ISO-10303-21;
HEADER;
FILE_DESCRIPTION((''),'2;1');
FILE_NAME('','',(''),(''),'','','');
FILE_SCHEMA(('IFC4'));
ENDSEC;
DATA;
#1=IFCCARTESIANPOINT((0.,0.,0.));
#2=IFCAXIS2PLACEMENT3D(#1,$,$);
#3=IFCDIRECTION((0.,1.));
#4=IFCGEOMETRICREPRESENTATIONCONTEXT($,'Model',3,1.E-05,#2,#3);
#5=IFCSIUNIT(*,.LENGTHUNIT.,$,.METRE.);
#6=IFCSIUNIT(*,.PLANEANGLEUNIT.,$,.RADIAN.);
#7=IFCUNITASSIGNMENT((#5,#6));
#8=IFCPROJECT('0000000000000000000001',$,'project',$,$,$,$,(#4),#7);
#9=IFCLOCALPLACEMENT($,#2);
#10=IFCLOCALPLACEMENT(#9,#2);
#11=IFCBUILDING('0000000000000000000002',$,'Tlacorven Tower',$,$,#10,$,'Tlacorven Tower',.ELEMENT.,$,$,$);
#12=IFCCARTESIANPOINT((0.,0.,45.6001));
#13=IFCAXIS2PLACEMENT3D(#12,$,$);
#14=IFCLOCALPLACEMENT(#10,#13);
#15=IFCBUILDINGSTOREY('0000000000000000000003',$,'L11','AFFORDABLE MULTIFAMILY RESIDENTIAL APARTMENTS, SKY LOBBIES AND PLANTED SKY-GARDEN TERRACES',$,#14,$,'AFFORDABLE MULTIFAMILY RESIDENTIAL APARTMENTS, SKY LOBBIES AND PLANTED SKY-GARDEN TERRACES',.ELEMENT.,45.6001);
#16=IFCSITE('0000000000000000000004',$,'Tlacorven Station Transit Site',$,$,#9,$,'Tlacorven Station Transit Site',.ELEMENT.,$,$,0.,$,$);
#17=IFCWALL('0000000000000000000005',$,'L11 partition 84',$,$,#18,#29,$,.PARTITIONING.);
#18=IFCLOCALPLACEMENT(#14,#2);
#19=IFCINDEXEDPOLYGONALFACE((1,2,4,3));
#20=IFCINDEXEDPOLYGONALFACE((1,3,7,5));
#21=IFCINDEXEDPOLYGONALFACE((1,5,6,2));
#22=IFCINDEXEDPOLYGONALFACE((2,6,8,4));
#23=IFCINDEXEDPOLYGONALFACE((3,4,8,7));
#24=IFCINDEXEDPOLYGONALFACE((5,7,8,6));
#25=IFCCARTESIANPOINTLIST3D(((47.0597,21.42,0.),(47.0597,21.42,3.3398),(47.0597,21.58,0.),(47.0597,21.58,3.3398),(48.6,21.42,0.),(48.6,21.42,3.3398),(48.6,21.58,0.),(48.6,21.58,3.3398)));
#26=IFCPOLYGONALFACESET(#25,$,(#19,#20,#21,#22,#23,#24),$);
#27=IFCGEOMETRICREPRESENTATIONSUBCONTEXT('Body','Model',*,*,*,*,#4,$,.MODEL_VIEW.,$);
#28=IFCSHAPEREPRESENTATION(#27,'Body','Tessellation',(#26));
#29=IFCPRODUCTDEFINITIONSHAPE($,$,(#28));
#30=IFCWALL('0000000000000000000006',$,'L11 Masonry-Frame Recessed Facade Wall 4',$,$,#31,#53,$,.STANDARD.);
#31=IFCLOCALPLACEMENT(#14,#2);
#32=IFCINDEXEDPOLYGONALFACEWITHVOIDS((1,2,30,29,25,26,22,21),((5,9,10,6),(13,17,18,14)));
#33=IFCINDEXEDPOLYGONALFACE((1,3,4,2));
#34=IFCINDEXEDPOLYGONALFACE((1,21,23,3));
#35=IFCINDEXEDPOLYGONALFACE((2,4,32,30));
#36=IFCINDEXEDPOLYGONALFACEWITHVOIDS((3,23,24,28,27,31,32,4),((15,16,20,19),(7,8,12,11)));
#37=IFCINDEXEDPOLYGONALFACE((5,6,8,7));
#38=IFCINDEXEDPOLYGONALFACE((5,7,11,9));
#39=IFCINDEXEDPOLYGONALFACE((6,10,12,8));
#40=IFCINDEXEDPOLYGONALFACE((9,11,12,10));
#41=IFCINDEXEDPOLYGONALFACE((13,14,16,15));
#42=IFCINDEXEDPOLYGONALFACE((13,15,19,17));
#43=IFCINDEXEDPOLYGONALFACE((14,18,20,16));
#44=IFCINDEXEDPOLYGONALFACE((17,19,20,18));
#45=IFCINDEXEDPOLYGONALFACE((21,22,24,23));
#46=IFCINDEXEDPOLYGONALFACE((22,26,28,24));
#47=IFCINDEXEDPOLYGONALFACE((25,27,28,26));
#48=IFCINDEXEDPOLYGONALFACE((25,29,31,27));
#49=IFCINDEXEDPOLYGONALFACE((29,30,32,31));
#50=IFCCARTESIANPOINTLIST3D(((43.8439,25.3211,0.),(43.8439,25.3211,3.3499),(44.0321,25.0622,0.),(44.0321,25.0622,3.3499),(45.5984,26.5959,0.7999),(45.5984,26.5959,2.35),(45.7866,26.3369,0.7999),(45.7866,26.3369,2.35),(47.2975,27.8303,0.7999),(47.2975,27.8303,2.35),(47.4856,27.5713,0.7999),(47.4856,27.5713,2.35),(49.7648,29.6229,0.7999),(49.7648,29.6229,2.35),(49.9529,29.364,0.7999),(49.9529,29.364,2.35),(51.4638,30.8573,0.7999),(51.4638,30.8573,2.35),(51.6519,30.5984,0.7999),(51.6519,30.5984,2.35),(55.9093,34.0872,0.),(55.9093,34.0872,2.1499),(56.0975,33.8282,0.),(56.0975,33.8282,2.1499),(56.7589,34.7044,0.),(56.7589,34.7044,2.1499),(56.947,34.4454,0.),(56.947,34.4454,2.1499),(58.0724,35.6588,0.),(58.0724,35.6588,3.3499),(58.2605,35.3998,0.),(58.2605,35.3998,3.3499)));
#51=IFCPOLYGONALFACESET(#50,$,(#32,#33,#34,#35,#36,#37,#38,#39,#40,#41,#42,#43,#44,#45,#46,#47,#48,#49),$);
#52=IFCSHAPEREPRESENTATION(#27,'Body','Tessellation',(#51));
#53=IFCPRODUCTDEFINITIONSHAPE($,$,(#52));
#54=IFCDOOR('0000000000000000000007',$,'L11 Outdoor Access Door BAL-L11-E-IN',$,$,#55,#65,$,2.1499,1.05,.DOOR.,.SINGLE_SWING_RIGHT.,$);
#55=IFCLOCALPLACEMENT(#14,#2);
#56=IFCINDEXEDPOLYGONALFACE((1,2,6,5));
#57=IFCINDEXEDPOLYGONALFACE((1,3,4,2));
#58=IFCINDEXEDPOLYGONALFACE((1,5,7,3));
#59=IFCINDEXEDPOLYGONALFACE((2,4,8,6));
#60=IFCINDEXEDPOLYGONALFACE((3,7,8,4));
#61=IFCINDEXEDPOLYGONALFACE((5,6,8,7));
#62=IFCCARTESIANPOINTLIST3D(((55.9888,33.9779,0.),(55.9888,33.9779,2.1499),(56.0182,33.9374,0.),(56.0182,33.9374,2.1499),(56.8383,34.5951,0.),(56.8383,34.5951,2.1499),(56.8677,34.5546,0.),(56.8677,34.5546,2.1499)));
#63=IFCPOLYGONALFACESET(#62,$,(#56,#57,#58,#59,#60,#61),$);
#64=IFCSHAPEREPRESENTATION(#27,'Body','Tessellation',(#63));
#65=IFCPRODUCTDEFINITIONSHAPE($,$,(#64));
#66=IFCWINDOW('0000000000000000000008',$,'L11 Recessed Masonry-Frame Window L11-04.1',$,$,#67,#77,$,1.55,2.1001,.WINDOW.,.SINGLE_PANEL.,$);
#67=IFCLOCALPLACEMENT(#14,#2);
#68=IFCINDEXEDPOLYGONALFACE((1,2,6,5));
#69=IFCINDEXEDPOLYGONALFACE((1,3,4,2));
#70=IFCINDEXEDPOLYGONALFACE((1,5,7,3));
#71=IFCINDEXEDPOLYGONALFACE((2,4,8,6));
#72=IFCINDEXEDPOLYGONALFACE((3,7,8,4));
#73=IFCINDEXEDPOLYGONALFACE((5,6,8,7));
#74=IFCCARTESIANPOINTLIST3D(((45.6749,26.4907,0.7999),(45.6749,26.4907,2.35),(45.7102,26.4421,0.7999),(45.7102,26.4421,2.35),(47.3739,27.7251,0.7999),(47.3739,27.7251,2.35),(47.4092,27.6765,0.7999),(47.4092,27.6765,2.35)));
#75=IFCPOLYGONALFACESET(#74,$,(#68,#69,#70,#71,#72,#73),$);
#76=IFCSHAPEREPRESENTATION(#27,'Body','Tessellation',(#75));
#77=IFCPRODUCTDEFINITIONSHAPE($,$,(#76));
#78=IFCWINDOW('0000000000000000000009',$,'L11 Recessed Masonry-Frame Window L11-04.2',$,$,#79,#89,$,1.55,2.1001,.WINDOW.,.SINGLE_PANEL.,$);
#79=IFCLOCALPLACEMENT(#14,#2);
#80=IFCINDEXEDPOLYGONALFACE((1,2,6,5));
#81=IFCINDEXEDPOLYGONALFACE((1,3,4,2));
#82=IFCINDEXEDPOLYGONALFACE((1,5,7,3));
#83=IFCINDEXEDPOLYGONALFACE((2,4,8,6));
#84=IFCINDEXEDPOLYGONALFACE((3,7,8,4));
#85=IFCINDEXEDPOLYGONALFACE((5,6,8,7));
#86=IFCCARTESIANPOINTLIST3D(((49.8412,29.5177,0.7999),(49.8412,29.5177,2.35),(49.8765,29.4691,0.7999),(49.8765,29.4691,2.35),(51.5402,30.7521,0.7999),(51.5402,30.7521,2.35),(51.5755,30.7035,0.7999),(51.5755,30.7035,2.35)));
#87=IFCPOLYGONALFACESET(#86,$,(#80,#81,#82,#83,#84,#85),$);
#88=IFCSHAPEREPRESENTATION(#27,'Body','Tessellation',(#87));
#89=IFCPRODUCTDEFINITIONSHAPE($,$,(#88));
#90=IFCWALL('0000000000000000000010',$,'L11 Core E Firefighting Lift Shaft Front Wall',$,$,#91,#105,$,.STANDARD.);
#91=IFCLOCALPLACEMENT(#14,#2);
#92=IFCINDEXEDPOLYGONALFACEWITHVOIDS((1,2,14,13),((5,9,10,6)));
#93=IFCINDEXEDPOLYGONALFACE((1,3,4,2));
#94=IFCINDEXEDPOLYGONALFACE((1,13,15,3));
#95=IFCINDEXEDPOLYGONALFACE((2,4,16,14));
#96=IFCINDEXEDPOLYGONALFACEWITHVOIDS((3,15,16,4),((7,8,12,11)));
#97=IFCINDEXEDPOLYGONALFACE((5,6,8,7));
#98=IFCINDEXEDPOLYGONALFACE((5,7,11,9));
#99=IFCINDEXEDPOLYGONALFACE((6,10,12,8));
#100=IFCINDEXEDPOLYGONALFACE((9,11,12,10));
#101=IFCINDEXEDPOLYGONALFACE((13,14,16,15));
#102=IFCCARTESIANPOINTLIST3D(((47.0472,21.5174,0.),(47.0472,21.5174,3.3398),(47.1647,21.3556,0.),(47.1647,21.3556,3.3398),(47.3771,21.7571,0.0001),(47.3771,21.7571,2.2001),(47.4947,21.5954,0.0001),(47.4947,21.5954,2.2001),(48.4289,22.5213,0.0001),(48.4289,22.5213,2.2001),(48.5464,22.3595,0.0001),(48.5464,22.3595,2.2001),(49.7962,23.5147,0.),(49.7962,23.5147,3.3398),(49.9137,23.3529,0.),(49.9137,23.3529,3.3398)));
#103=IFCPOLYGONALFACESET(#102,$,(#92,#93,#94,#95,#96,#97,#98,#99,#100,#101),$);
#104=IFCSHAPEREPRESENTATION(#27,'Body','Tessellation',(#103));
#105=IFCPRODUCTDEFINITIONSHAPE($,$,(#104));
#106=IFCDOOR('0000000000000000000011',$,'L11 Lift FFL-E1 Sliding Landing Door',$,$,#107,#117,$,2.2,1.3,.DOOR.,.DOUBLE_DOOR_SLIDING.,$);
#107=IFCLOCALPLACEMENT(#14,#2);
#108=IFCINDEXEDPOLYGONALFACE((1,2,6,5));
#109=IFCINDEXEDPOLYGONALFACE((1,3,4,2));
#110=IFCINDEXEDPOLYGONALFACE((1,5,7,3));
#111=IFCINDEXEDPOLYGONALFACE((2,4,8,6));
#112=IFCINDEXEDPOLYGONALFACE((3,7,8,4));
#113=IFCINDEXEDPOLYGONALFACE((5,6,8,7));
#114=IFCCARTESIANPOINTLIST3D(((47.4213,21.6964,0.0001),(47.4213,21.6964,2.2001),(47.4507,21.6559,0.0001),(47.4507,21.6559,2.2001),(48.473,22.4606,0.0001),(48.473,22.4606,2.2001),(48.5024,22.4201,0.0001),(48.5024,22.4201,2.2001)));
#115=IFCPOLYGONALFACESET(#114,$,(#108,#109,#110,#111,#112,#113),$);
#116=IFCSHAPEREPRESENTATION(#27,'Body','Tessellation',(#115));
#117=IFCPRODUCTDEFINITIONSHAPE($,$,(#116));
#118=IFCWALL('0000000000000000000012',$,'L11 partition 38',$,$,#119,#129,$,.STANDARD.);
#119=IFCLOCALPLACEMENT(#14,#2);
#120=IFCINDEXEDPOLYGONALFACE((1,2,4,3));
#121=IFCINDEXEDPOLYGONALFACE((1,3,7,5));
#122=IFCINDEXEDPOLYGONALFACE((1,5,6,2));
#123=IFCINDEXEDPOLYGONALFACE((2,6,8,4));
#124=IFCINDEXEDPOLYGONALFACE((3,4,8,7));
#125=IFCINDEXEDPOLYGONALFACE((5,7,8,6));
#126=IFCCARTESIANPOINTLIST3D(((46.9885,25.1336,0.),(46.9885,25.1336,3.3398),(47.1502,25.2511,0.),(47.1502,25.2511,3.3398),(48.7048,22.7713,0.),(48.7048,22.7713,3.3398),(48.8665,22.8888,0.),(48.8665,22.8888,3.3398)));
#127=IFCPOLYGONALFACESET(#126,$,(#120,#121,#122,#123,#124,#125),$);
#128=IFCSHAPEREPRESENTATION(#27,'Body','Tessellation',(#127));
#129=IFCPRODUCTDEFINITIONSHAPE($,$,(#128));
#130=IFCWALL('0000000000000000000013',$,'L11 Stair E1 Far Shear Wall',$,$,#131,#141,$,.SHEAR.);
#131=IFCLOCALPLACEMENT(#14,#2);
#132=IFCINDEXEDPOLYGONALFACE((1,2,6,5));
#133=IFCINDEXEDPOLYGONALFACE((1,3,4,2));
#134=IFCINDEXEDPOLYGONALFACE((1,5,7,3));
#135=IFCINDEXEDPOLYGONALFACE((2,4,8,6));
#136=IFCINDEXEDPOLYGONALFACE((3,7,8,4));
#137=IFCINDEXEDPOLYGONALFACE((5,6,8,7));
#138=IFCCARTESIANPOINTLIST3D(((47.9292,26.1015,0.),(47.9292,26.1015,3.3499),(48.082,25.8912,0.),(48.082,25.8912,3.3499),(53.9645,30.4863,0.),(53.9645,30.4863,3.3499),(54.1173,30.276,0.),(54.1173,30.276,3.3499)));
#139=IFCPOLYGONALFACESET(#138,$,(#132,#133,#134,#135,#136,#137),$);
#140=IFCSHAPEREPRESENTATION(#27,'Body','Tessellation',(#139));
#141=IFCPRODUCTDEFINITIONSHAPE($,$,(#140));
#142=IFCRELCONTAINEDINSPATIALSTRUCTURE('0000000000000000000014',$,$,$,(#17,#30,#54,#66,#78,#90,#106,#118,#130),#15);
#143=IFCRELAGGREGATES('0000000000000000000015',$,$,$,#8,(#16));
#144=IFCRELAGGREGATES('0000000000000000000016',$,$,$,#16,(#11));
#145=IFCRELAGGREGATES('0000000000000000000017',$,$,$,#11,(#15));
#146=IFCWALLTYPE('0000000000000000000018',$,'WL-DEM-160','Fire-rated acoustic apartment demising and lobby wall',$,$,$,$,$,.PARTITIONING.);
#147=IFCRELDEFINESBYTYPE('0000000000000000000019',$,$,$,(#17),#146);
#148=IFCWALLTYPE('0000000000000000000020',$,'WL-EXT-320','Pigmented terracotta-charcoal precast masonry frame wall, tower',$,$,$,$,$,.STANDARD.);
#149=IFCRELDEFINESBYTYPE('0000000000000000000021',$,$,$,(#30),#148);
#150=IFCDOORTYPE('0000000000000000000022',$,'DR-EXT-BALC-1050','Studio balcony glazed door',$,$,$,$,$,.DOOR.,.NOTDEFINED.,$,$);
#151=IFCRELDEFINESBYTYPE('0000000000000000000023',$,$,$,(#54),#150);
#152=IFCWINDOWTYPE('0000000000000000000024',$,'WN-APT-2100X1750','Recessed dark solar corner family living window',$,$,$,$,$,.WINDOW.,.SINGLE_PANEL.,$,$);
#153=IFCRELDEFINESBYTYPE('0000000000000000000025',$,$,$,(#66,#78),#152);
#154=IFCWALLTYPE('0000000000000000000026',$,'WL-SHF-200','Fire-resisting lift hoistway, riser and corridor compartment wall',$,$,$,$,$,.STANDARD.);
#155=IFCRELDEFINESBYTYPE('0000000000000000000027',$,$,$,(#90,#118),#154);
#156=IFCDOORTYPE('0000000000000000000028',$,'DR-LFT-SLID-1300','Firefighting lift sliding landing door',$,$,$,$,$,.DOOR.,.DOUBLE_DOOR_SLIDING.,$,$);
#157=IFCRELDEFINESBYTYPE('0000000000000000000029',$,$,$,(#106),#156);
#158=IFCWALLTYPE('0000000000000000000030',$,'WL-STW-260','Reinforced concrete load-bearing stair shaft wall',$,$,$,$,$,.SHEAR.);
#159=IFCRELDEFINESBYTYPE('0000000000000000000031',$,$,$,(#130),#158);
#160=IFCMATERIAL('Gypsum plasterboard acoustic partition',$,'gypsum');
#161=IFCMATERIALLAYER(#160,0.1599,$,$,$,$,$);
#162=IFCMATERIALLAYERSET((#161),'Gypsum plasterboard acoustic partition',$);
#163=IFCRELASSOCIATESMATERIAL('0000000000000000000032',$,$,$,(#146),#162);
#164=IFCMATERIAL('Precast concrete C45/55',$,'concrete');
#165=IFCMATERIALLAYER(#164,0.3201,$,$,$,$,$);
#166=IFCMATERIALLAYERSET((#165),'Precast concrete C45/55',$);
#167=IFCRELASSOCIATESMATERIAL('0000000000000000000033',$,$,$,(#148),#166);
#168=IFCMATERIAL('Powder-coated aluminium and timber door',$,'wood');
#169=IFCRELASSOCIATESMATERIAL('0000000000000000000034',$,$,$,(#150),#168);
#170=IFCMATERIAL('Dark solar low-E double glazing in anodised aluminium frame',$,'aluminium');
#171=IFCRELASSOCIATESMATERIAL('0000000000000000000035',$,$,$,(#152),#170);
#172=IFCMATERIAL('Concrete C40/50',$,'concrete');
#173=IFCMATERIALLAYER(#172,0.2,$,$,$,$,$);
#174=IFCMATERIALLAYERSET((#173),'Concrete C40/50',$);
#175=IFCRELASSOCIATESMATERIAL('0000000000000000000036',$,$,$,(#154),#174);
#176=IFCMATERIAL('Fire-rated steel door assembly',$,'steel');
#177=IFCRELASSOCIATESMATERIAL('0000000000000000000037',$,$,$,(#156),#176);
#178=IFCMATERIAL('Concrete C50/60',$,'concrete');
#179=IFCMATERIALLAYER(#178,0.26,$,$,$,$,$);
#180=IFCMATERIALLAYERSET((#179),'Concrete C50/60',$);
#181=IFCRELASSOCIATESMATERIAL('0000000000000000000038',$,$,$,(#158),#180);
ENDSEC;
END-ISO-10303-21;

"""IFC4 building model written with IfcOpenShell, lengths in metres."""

from ifc_helpers import new_model, si_unit, direction, frame, frame_2d, origin, place, context, subcontext, project, spatial, rectangle, extrude, source, transform, mapped, material, layer, layer_set, type_object, element, fill, save


model = new_model("IFC4")

# Units and contexts
model_context = context("Model", 3, precision=1e-05, world=origin(), true_north=direction((0.0, 1.0)))
body_context = subcontext(model_context, "Body", "Model", "MODEL_VIEW")
ifc_project = project(units=[si_unit("LENGTHUNIT", "METRE"), si_unit("PLANEANGLEUNIT", "RADIAN")], contexts=[model_context])

# Site, building, storey
site_placement = place(None, origin())
site = spatial("IfcSite", under=ifc_project, at=site_placement, Name="Tlacorven Station Transit Site", LongName="Tlacorven Station Transit Site", CompositionType="ELEMENT", RefElevation=0.0)
building_placement = place(site_placement, origin())
building = spatial("IfcBuilding", under=site, at=building_placement, Name="Tlacorven Tower", LongName="Tlacorven Tower", CompositionType="ELEMENT")
storey_placement = place(building_placement, frame((0.0, 0.0, 45.6001)))
storey = spatial("IfcBuildingStorey", under=building, at=storey_placement, Name="L11", Description="AFFORDABLE MULTIFAMILY RESIDENTIAL APARTMENTS, SKY LOBBIES AND PLANTED SKY-GARDEN TERRACES", LongName="AFFORDABLE MULTIFAMILY RESIDENTIAL APARTMENTS, SKY LOBBIES AND PLANTED SKY-GARDEN TERRACES", CompositionType="ELEMENT", Elevation=45.6001)

# Wall
ifc_material_1 = material(Name="Gypsum plasterboard acoustic partition", Category="gypsum")
ifc_layer_1 = layer(ifc_material_1, 0.1599)
ifc_layer_set_1 = layer_set([ifc_layer_1], Name="Gypsum plasterboard acoustic partition")
wall_type_1 = type_object("IfcWallType", Name="WL-DEM-160", Description="Fire-rated acoustic apartment demising and lobby wall", PredefinedType="PARTITIONING", material=ifc_layer_set_1)
wall_1_placement = place(storey_placement, frame((47.0598, 21.5, 0.0), z_axis=(0.0, 0.0, 1.0), x_axis=(1.0, 0.0, 0.0)))
element("IfcWall", 1, at=wall_1_placement, inside=storey, type_object=wall_type_1, Name="L11 partition 84", PredefinedType="PARTITIONING", context=body_context, shape_type="SweptSolid", body=[
    extrude(rectangle(XDim=1.5403, YDim=0.1599, at=frame_2d((0.77, 0.0))), origin(), (0.0, 0.0, 1.0), 3.3398),
])

# Wall, openings, door, windows
ifc_material_2 = material(Name="Precast concrete C45/55", Category="concrete")
ifc_layer_2 = layer(ifc_material_2, 0.3201)
ifc_layer_set_2 = layer_set([ifc_layer_2], Name="Precast concrete C45/55")
wall_type_2 = type_object("IfcWallType", Name="WL-EXT-320", Description="Pigmented terracotta-charcoal precast masonry frame wall, tower", PredefinedType="STANDARD", material=ifc_layer_set_2)
wall_2_placement = place(storey_placement, frame((43.938, 25.1917, 0.0), z_axis=(0.0, 0.0, 1.0), x_axis=(0.809016, 0.587786, 0.0)))
wall_2 = element("IfcWall", 2, at=wall_2_placement, inside=storey, type_object=wall_type_2, Name="L11 Masonry-Frame Recessed Facade Wall 4", PredefinedType="STANDARD", context=body_context, shape_type="SweptSolid", body=[
    extrude(rectangle(XDim=17.5874, YDim=0.3201, at=frame_2d((8.7937, 0.0))), origin(), (0.0, 0.0, 1.0), 3.3499),
])
opening_1_placement = place(wall_2_placement, frame((14.9138, 0.0, 0.0)))
opening_1 = element("IfcOpeningElement", 3, at=opening_1_placement, cuts=wall_2, PredefinedType="OPENING", context=body_context, shape_type="SweptSolid", body=[
    extrude(rectangle(XDim=1.05, YDim=2.1499, at=frame_2d((0.5249, 1.075))), frame((0.0, 0.1699, 0.0), z_axis=(0.0, -1.0, 0.0), x_axis=(1.0, 0.0, 0.0)), (0.0, 0.0, 1.0), 0.3401),
])
opening_2_placement = place(wall_2_placement, frame((2.1687, 0.0, 0.8)))
opening_2 = element("IfcOpeningElement", 4, at=opening_2_placement, cuts=wall_2, PredefinedType="OPENING", context=body_context, shape_type="SweptSolid", body=[
    extrude(rectangle(XDim=2.1001, YDim=1.55, at=frame_2d((1.05, 0.7749))), frame((0.0, 0.1699, 0.0), z_axis=(0.0, -1.0, 0.0), x_axis=(1.0, 0.0, 0.0)), (0.0, 0.0, 1.0), 0.3401),
])
opening_3_placement = place(wall_2_placement, frame((7.3186, 0.0, 0.8)))
opening_3 = element("IfcOpeningElement", 5, at=opening_3_placement, cuts=wall_2, PredefinedType="OPENING", context=body_context, shape_type="SweptSolid", body=[
    extrude(rectangle(XDim=2.1001, YDim=1.55, at=frame_2d((1.05, 0.7749))), frame((0.0, 0.1699, 0.0), z_axis=(0.0, -1.0, 0.0), x_axis=(1.0, 0.0, 0.0)), (0.0, 0.0, 1.0), 0.3401),
])
ifc_material_3 = material(Name="Powder-coated aluminium and timber door", Category="wood")
door_type_1 = type_object("IfcDoorType", Name="DR-EXT-BALC-1050", Description="Studio balcony glazed door", OperationType="NOTDEFINED", PredefinedType="DOOR", material=ifc_material_3)
shared_shape_1 = source(origin(), body_context, "Body", "SweptSolid", [
    extrude(rectangle(XDim=1.05, YDim=2.1499, at=frame_2d((0.5249, 1.075))), frame((0.0, 0.0249, 0.0), z_axis=(0.0, -1.0, 0.0), x_axis=(1.0, 0.0, 0.0)), (0.0, 0.0, 1.0), 0.05),
])
door_1_placement = place(opening_1_placement, origin())
door_1 = element("IfcDoor", 6, at=door_1_placement, inside=storey, type_object=door_type_1, Name="L11 Outdoor Access Door BAL-L11-E-IN", OperationType="SINGLE_SWING_RIGHT", OverallHeight=2.1499, OverallWidth=1.05, PredefinedType="DOOR", context=body_context, shape_type="MappedRepresentation", body=[
    mapped(shared_shape_1, transform((0.0, 0.0, 0.0), scale=1.0)),
])
fill(opening_1, door_1)
ifc_material_4 = material(Name="Dark solar low-E double glazing in anodised aluminium frame", Category="aluminium")
window_type = type_object("IfcWindowType", Name="WN-APT-2100X1750", Description="Recessed dark solar corner family living window", PartitioningType="SINGLE_PANEL", PredefinedType="WINDOW", material=ifc_material_4)
shared_shape_2 = source(origin(), body_context, "Body", "SweptSolid", [
    extrude(rectangle(XDim=2.1001, YDim=1.55, at=frame_2d((1.05, 0.7749))), frame((0.0, 0.03, 0.0), z_axis=(0.0, -1.0, 0.0), x_axis=(1.0, 0.0, 0.0)), (0.0, 0.0, 1.0), 0.0601),
])
window_1_placement = place(opening_2_placement, origin())
window_1 = element("IfcWindow", 7, at=window_1_placement, inside=storey, type_object=window_type, Name="L11 Recessed Masonry-Frame Window L11-04.1", OverallHeight=1.55, OverallWidth=2.1001, PartitioningType="SINGLE_PANEL", PredefinedType="WINDOW", context=body_context, shape_type="MappedRepresentation", body=[
    mapped(shared_shape_2, transform((0.0, 0.0, 0.0), scale=1.0)),
])
fill(opening_2, window_1)
window_2_placement = place(opening_3_placement, origin())
window_2 = element("IfcWindow", 8, at=window_2_placement, inside=storey, type_object=window_type, Name="L11 Recessed Masonry-Frame Window L11-04.2", OverallHeight=1.55, OverallWidth=2.1001, PartitioningType="SINGLE_PANEL", PredefinedType="WINDOW", context=body_context, shape_type="MappedRepresentation", body=[
    mapped(shared_shape_2, transform((0.0, 0.0, 0.0), scale=1.0)),
])
fill(opening_3, window_2)

# Wall, opening, door
ifc_material_5 = material(Name="Concrete C40/50", Category="concrete")
ifc_layer_3 = layer(ifc_material_5, 0.2)
ifc_layer_set_3 = layer_set([ifc_layer_3], Name="Concrete C40/50")
wall_type_3 = type_object("IfcWallType", Name="WL-SHF-200", Description="Fire-resisting lift hoistway, riser and corridor compartment wall", PredefinedType="STANDARD", material=ifc_layer_set_3)
wall_3_placement = place(storey_placement, frame((47.106, 21.4365, 0.0), z_axis=(0.0, 0.0, 1.0), x_axis=(0.809013, 0.587791, 0.0)))
wall_3 = element("IfcWall", 9, at=wall_3_placement, inside=storey, type_object=wall_type_3, Name="L11 Core E Firefighting Lift Shaft Front Wall", PredefinedType="STANDARD", context=body_context, shape_type="SweptSolid", body=[
    extrude(rectangle(XDim=3.3979, YDim=0.2, at=frame_2d((1.699, 0.0))), origin(), (0.0, 0.0, 1.0), 3.3398),
])
opening_4_placement = place(wall_3_placement, frame((0.408, 0.0, 0.0)))
opening_4 = element("IfcOpeningElement", 10, at=opening_4_placement, cuts=wall_3, PredefinedType="OPENING", context=body_context, shape_type="SweptSolid", body=[
    extrude(rectangle(XDim=1.3, YDim=2.2, at=frame_2d((0.6499, 1.1001))), frame((0.0, 0.1099, 0.0), z_axis=(0.0, -1.0, 0.0), x_axis=(1.0, 0.0, 0.0)), (0.0, 0.0, 1.0), 0.22),
])
ifc_material_6 = material(Name="Fire-rated steel door assembly", Category="steel")
door_type_2 = type_object("IfcDoorType", Name="DR-LFT-SLID-1300", Description="Firefighting lift sliding landing door", OperationType="DOUBLE_DOOR_SLIDING", PredefinedType="DOOR", material=ifc_material_6)
shared_shape_3 = source(origin(), body_context, "Body", "SweptSolid", [
    extrude(rectangle(XDim=1.3, YDim=2.2, at=frame_2d((0.6499, 1.1001))), frame((0.0, 0.0249, 0.0), z_axis=(0.0, -1.0, 0.0), x_axis=(1.0, 0.0, 0.0)), (0.0, 0.0, 1.0), 0.05),
])
door_2_placement = place(opening_4_placement, origin())
door_2 = element("IfcDoor", 11, at=door_2_placement, inside=storey, type_object=door_type_2, Name="L11 Lift FFL-E1 Sliding Landing Door", OperationType="DOUBLE_DOOR_SLIDING", OverallHeight=2.2, OverallWidth=1.3, PredefinedType="DOOR", context=body_context, shape_type="MappedRepresentation", body=[
    mapped(shared_shape_3, transform((0.0, 0.0, 0.0), scale=1.0)),
])
fill(opening_4, door_2)

# Walls
wall_4_placement = place(storey_placement, frame((48.7856, 22.8301, 0.0), z_axis=(0.0, 0.0, 1.0), x_axis=(-0.587784, 0.809018, 0.0)))
element("IfcWall", 12, at=wall_4_placement, inside=storey, type_object=wall_type_3, Name="L11 partition 38", PredefinedType="STANDARD", context=body_context, shape_type="SweptSolid", body=[
    extrude(rectangle(XDim=2.9199, YDim=0.2, at=frame_2d((1.46, 0.0))), origin(), (0.0, 0.0, 1.0), 3.3398),
])
ifc_material_7 = material(Name="Concrete C50/60", Category="concrete")
ifc_layer_4 = layer(ifc_material_7, 0.26)
ifc_layer_set_4 = layer_set([ifc_layer_4], Name="Concrete C50/60")
wall_type_4 = type_object("IfcWallType", Name="WL-STW-260", Description="Reinforced concrete load-bearing stair shaft wall", PredefinedType="SHEAR", material=ifc_layer_set_4)
wall_5_placement = place(storey_placement, frame((48.0056, 25.9963, 0.0), z_axis=(0.0, 0.0, 1.0), x_axis=(0.809019, 0.587782, 0.0)))
element("IfcWall", 13, at=wall_5_placement, inside=storey, type_object=wall_type_4, Name="L11 Stair E1 Far Shear Wall", PredefinedType="SHEAR", context=body_context, shape_type="SweptSolid", body=[
    extrude(rectangle(XDim=7.46, YDim=0.26, at=frame_2d((3.73, 0.0))), origin(), (0.0, 0.0, 1.0), 3.3499),
])

save(model, "model.ifc")
